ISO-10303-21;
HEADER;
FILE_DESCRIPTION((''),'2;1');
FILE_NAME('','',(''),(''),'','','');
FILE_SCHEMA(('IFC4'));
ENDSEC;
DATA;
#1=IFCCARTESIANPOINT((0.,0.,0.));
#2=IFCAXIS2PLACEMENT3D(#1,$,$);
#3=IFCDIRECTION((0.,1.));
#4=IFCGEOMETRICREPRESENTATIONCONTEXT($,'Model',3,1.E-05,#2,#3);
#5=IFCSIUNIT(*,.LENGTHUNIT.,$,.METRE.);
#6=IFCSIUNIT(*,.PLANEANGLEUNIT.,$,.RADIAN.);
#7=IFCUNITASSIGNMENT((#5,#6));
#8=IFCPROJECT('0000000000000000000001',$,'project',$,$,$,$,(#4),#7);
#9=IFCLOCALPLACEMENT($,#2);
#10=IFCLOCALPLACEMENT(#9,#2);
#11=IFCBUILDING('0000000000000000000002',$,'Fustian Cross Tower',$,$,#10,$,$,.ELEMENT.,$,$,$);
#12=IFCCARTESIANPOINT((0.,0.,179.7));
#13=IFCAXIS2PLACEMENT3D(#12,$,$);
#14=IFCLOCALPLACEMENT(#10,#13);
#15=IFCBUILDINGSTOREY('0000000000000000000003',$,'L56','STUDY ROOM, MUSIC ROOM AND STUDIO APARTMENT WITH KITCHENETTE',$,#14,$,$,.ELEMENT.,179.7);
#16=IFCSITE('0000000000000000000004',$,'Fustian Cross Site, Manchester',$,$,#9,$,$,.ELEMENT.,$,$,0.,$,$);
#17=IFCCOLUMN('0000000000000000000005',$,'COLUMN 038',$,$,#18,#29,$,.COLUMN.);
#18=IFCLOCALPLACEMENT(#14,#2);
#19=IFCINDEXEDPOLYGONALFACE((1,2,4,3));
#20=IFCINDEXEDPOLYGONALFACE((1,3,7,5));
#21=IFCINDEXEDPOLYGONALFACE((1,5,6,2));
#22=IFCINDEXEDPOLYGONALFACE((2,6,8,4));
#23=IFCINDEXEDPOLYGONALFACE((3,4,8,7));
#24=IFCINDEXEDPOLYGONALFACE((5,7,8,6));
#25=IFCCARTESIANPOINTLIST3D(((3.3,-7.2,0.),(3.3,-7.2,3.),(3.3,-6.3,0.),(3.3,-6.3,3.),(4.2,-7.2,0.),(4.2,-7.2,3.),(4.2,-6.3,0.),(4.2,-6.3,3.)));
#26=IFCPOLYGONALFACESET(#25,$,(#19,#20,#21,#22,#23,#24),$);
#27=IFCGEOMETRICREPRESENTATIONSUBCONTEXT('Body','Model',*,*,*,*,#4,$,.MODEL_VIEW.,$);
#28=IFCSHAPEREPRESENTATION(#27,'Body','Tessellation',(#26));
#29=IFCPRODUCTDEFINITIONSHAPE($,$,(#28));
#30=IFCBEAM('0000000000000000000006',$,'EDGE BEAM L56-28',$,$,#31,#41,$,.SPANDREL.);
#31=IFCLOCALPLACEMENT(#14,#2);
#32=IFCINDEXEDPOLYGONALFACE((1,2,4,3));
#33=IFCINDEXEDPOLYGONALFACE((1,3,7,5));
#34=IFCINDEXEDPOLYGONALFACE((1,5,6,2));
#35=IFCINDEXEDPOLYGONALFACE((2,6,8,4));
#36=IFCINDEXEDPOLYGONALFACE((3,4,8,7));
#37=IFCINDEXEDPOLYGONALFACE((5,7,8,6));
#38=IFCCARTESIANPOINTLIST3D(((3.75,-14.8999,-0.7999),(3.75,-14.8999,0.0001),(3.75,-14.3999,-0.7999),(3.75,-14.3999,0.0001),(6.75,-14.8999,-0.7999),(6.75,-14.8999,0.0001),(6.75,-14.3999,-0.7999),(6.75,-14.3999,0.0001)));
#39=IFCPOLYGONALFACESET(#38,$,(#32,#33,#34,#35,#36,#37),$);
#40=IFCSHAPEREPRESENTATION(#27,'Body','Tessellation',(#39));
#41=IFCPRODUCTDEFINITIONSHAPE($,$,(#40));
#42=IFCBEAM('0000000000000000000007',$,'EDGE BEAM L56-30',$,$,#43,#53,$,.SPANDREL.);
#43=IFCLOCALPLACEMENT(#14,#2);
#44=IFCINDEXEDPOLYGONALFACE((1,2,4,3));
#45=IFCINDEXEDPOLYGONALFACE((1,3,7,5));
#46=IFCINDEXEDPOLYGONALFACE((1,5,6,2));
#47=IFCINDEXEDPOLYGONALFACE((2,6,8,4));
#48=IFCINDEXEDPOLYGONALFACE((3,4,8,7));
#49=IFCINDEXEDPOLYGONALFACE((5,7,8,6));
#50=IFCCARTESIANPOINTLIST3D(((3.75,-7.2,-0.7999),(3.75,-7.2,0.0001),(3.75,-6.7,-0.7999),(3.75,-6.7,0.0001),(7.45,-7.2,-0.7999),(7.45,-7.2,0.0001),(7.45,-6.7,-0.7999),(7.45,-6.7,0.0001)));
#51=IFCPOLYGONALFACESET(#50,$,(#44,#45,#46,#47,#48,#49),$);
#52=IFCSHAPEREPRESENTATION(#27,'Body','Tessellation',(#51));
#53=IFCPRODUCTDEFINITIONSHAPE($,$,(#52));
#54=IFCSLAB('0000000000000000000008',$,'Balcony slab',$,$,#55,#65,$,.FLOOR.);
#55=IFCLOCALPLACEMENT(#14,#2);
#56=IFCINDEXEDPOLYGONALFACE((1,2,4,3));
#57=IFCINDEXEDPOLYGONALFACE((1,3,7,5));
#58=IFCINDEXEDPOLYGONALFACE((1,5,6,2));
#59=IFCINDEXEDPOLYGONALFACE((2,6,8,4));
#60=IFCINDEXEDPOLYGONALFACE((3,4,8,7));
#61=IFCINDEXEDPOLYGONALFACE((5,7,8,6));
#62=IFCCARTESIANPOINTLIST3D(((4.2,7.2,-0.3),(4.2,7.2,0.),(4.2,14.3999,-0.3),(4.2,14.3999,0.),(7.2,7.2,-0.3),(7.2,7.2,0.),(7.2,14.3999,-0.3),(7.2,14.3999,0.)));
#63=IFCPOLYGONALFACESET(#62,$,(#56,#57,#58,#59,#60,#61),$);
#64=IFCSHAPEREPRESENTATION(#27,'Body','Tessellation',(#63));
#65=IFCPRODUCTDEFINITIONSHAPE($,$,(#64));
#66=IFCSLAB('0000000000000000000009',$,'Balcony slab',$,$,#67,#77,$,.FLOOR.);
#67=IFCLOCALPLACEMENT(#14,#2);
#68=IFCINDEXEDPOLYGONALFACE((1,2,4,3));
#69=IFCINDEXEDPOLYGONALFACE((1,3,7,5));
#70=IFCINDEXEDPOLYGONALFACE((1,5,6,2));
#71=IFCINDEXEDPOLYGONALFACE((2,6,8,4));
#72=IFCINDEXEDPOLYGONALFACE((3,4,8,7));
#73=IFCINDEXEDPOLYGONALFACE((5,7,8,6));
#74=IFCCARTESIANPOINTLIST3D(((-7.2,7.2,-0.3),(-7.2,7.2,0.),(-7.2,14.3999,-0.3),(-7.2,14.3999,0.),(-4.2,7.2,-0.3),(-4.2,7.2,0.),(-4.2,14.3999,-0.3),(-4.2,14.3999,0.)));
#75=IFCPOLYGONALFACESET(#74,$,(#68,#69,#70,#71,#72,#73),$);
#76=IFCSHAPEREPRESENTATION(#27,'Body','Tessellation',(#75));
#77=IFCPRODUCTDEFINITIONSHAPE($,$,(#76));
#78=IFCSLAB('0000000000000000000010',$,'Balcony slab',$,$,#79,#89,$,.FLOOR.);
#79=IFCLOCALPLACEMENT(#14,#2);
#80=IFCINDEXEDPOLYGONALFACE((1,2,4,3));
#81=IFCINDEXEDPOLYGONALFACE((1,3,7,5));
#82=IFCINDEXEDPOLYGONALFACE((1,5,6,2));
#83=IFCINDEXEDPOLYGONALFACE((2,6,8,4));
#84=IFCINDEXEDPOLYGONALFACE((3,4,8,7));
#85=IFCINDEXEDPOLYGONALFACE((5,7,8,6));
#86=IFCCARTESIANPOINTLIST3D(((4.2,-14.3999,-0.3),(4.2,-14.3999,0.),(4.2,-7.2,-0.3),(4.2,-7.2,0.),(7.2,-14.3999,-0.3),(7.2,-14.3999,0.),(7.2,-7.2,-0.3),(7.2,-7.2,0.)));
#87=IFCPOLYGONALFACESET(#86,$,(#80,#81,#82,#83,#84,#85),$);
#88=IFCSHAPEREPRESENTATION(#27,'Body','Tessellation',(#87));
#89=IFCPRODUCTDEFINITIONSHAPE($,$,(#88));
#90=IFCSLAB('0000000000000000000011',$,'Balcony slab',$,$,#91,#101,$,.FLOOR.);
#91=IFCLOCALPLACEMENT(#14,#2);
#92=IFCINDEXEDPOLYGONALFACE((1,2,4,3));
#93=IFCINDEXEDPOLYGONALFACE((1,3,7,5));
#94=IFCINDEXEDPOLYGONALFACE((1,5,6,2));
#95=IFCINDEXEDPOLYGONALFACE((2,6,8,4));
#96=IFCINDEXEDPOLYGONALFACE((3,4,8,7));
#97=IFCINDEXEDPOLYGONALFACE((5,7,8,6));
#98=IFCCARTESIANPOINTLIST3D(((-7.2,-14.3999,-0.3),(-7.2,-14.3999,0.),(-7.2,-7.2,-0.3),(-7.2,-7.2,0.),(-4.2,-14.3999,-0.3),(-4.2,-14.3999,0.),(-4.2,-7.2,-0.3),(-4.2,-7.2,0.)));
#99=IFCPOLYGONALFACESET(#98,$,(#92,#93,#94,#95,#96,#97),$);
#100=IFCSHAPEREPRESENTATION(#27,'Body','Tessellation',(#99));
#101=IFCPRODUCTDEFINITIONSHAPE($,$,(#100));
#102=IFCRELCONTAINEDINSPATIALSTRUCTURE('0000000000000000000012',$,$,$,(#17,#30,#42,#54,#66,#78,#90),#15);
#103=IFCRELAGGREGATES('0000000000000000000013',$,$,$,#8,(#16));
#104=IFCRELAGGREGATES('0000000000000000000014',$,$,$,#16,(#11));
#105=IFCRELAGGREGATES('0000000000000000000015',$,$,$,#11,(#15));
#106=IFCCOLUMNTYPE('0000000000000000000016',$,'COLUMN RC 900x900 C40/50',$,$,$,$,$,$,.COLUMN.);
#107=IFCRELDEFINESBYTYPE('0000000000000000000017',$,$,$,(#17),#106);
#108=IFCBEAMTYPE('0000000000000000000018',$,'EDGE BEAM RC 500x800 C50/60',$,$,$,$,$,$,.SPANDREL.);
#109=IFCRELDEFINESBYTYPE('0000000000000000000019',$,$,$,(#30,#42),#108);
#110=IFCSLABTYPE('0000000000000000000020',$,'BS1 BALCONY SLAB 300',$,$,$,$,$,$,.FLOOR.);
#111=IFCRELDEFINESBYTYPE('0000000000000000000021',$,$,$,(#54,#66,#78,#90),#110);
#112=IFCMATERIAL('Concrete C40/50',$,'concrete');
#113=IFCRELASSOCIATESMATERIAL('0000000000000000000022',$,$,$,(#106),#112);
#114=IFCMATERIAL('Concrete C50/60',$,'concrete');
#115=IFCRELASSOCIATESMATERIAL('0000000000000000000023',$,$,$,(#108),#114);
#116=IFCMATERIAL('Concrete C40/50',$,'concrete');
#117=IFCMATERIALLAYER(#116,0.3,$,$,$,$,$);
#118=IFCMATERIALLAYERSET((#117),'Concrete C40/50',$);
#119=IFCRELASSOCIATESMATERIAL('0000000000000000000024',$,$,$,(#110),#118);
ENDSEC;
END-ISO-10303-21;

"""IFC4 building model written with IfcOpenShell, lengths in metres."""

from ifc_helpers import new_model, si_unit, direction, frame, origin, origin_2d, place, context, subcontext, project, spatial, polyline, rectangle, outline, extrude, material, layer, layer_set, material_profile, profile_set, type_object, element, save


model = new_model("IFC4")

# Units and contexts
model_context = context("Model", 3, precision=1e-05, world=origin(), true_north=direction((0.0, 1.0)))
body_context = subcontext(model_context, "Body", "Model", "MODEL_VIEW")
ifc_project = project(units=[si_unit("LENGTHUNIT", "METRE"), si_unit("PLANEANGLEUNIT", "RADIAN")], contexts=[model_context])

# Site, building, storey
site_placement = place(None, origin())
site = spatial("IfcSite", under=ifc_project, at=site_placement, Name="Fustian Cross Site, Manchester", CompositionType="ELEMENT", RefElevation=0.0)
building_placement = place(site_placement, origin())
building = spatial("IfcBuilding", under=site, at=building_placement, Name="Fustian Cross Tower", CompositionType="ELEMENT")
storey_placement = place(building_placement, frame((0.0, 0.0, 179.7)))
storey = spatial("IfcBuildingStorey", under=building, at=storey_placement, Name="L56", Description="STUDY ROOM, MUSIC ROOM AND STUDIO APARTMENT WITH KITCHENETTE", CompositionType="ELEMENT", Elevation=179.7)

# Column
ifc_material_1 = material(Name="Concrete C40/50", Category="concrete")
ifc_material_profile_1 = material_profile(ifc_material_1, rectangle(XDim=0.8999, YDim=0.8999, at=origin_2d()), Name="RC 900x900")
ifc_profile_set_1 = profile_set([ifc_material_profile_1], Name="Concrete C40/50")
column_type = type_object("IfcColumnType", Name="COLUMN RC 900x900 C40/50", PredefinedType="COLUMN", material=ifc_profile_set_1)
column_placement = place(storey_placement, frame((3.75, -6.75, 0.0), z_axis=(0.0, 0.0, 1.0), x_axis=(1.0, 0.0, 0.0)))
element("IfcColumn", 1, at=column_placement, inside=storey, type_object=column_type, Name="COLUMN 038", PredefinedType="COLUMN", context=body_context, shape_type="SweptSolid", body=[
    extrude(rectangle(XDim=0.8999, YDim=0.8999, at=origin_2d()), origin(), (0.0, 0.0, 1.0), 3.0),
])

# Beams
ifc_material_2 = material(Name="Concrete C50/60", Category="concrete")
ifc_material_profile_2 = material_profile(ifc_material_2, rectangle(XDim=0.5, YDim=0.8, at=origin_2d()), Name="RC 500x800")
ifc_profile_set_2 = profile_set([ifc_material_profile_2], Name="Concrete C50/60")
beam_type = type_object("IfcBeamType", Name="EDGE BEAM RC 500x800 C50/60", PredefinedType="SPANDREL", material=ifc_profile_set_2)
beam_1_placement = place(storey_placement, frame((6.75, -14.6499, -0.3999), z_axis=(-1.0, 0.0, 0.0), x_axis=(0.0, -1.0, 0.0)))
element("IfcBeam", 2, at=beam_1_placement, inside=storey, type_object=beam_type, Name="EDGE BEAM L56-28", PredefinedType="SPANDREL", context=body_context, shape_type="SweptSolid", body=[
    extrude(rectangle(XDim=0.5, YDim=0.8, at=origin_2d()), origin(), (0.0, 0.0, 1.0), 3.0),
])
beam_2_placement = place(storey_placement, frame((3.75, -6.95, -0.3999), z_axis=(1.0, 0.0, 0.0), x_axis=(0.0, 1.0, 0.0)))
element("IfcBeam", 3, at=beam_2_placement, inside=storey, type_object=beam_type, Name="EDGE BEAM L56-30", PredefinedType="SPANDREL", context=body_context, shape_type="SweptSolid", body=[
    extrude(rectangle(XDim=0.5, YDim=0.8, at=origin_2d()), origin(), (0.0, 0.0, 1.0), 3.7),
])

# Slabs
ifc_material_3 = material(Name="Concrete C40/50", Category="concrete")
ifc_layer_1 = layer(ifc_material_3, 0.3)
ifc_layer_set_1 = layer_set([ifc_layer_1], Name="Concrete C40/50")
slab_type_1 = type_object("IfcSlabType", Name="BS1 BALCONY SLAB 300", PredefinedType="FLOOR", material=ifc_layer_set_1)
slab_1_placement = place(storey_placement, frame((0.0, 0.0, -0.3)))
element("IfcSlab", 4, at=slab_1_placement, inside=storey, type_object=slab_type_1, Name="Balcony slab", PredefinedType="FLOOR", context=body_context, shape_type="SweptSolid", body=[
    extrude(outline(polyline([(4.2, 7.2), (7.2, 7.2), (7.2, 14.3999), (4.2, 14.3999), (4.2, 7.2)])), origin(), (0.0, 0.0, 1.0), 0.3),
])
slab_2_placement = place(storey_placement, frame((0.0, 0.0, -0.3)))
element("IfcSlab", 5, at=slab_2_placement, inside=storey, type_object=slab_type_1, Name="Balcony slab", PredefinedType="FLOOR", context=body_context, shape_type="SweptSolid", body=[
    extrude(outline(polyline([(-7.2, 7.2), (-4.2, 7.2), (-4.2, 14.3999), (-7.2, 14.3999), (-7.2, 7.2)])), origin(), (0.0, 0.0, 1.0), 0.3),
])
slab_3_placement = place(storey_placement, frame((0.0, 0.0, -0.3)))
element("IfcSlab", 6, at=slab_3_placement, inside=storey, type_object=slab_type_1, Name="Balcony slab", PredefinedType="FLOOR", context=body_context, shape_type="SweptSolid", body=[
    extrude(outline(polyline([(4.2, -14.3999), (7.2, -14.3999), (7.2, -7.2), (4.2, -7.2), (4.2, -14.3999)])), origin(), (0.0, 0.0, 1.0), 0.3),
])
slab_4_placement = place(storey_placement, frame((0.0, 0.0, -0.3)))
element("IfcSlab", 7, at=slab_4_placement, inside=storey, type_object=slab_type_1, Name="Balcony slab", PredefinedType="FLOOR", context=body_context, shape_type="SweptSolid", body=[
    extrude(outline(polyline([(-7.2, -14.3999), (-4.2, -14.3999), (-4.2, -7.2), (-7.2, -7.2), (-7.2, -14.3999)])), origin(), (0.0, 0.0, 1.0), 0.3),
])

save(model, "model.ifc")
